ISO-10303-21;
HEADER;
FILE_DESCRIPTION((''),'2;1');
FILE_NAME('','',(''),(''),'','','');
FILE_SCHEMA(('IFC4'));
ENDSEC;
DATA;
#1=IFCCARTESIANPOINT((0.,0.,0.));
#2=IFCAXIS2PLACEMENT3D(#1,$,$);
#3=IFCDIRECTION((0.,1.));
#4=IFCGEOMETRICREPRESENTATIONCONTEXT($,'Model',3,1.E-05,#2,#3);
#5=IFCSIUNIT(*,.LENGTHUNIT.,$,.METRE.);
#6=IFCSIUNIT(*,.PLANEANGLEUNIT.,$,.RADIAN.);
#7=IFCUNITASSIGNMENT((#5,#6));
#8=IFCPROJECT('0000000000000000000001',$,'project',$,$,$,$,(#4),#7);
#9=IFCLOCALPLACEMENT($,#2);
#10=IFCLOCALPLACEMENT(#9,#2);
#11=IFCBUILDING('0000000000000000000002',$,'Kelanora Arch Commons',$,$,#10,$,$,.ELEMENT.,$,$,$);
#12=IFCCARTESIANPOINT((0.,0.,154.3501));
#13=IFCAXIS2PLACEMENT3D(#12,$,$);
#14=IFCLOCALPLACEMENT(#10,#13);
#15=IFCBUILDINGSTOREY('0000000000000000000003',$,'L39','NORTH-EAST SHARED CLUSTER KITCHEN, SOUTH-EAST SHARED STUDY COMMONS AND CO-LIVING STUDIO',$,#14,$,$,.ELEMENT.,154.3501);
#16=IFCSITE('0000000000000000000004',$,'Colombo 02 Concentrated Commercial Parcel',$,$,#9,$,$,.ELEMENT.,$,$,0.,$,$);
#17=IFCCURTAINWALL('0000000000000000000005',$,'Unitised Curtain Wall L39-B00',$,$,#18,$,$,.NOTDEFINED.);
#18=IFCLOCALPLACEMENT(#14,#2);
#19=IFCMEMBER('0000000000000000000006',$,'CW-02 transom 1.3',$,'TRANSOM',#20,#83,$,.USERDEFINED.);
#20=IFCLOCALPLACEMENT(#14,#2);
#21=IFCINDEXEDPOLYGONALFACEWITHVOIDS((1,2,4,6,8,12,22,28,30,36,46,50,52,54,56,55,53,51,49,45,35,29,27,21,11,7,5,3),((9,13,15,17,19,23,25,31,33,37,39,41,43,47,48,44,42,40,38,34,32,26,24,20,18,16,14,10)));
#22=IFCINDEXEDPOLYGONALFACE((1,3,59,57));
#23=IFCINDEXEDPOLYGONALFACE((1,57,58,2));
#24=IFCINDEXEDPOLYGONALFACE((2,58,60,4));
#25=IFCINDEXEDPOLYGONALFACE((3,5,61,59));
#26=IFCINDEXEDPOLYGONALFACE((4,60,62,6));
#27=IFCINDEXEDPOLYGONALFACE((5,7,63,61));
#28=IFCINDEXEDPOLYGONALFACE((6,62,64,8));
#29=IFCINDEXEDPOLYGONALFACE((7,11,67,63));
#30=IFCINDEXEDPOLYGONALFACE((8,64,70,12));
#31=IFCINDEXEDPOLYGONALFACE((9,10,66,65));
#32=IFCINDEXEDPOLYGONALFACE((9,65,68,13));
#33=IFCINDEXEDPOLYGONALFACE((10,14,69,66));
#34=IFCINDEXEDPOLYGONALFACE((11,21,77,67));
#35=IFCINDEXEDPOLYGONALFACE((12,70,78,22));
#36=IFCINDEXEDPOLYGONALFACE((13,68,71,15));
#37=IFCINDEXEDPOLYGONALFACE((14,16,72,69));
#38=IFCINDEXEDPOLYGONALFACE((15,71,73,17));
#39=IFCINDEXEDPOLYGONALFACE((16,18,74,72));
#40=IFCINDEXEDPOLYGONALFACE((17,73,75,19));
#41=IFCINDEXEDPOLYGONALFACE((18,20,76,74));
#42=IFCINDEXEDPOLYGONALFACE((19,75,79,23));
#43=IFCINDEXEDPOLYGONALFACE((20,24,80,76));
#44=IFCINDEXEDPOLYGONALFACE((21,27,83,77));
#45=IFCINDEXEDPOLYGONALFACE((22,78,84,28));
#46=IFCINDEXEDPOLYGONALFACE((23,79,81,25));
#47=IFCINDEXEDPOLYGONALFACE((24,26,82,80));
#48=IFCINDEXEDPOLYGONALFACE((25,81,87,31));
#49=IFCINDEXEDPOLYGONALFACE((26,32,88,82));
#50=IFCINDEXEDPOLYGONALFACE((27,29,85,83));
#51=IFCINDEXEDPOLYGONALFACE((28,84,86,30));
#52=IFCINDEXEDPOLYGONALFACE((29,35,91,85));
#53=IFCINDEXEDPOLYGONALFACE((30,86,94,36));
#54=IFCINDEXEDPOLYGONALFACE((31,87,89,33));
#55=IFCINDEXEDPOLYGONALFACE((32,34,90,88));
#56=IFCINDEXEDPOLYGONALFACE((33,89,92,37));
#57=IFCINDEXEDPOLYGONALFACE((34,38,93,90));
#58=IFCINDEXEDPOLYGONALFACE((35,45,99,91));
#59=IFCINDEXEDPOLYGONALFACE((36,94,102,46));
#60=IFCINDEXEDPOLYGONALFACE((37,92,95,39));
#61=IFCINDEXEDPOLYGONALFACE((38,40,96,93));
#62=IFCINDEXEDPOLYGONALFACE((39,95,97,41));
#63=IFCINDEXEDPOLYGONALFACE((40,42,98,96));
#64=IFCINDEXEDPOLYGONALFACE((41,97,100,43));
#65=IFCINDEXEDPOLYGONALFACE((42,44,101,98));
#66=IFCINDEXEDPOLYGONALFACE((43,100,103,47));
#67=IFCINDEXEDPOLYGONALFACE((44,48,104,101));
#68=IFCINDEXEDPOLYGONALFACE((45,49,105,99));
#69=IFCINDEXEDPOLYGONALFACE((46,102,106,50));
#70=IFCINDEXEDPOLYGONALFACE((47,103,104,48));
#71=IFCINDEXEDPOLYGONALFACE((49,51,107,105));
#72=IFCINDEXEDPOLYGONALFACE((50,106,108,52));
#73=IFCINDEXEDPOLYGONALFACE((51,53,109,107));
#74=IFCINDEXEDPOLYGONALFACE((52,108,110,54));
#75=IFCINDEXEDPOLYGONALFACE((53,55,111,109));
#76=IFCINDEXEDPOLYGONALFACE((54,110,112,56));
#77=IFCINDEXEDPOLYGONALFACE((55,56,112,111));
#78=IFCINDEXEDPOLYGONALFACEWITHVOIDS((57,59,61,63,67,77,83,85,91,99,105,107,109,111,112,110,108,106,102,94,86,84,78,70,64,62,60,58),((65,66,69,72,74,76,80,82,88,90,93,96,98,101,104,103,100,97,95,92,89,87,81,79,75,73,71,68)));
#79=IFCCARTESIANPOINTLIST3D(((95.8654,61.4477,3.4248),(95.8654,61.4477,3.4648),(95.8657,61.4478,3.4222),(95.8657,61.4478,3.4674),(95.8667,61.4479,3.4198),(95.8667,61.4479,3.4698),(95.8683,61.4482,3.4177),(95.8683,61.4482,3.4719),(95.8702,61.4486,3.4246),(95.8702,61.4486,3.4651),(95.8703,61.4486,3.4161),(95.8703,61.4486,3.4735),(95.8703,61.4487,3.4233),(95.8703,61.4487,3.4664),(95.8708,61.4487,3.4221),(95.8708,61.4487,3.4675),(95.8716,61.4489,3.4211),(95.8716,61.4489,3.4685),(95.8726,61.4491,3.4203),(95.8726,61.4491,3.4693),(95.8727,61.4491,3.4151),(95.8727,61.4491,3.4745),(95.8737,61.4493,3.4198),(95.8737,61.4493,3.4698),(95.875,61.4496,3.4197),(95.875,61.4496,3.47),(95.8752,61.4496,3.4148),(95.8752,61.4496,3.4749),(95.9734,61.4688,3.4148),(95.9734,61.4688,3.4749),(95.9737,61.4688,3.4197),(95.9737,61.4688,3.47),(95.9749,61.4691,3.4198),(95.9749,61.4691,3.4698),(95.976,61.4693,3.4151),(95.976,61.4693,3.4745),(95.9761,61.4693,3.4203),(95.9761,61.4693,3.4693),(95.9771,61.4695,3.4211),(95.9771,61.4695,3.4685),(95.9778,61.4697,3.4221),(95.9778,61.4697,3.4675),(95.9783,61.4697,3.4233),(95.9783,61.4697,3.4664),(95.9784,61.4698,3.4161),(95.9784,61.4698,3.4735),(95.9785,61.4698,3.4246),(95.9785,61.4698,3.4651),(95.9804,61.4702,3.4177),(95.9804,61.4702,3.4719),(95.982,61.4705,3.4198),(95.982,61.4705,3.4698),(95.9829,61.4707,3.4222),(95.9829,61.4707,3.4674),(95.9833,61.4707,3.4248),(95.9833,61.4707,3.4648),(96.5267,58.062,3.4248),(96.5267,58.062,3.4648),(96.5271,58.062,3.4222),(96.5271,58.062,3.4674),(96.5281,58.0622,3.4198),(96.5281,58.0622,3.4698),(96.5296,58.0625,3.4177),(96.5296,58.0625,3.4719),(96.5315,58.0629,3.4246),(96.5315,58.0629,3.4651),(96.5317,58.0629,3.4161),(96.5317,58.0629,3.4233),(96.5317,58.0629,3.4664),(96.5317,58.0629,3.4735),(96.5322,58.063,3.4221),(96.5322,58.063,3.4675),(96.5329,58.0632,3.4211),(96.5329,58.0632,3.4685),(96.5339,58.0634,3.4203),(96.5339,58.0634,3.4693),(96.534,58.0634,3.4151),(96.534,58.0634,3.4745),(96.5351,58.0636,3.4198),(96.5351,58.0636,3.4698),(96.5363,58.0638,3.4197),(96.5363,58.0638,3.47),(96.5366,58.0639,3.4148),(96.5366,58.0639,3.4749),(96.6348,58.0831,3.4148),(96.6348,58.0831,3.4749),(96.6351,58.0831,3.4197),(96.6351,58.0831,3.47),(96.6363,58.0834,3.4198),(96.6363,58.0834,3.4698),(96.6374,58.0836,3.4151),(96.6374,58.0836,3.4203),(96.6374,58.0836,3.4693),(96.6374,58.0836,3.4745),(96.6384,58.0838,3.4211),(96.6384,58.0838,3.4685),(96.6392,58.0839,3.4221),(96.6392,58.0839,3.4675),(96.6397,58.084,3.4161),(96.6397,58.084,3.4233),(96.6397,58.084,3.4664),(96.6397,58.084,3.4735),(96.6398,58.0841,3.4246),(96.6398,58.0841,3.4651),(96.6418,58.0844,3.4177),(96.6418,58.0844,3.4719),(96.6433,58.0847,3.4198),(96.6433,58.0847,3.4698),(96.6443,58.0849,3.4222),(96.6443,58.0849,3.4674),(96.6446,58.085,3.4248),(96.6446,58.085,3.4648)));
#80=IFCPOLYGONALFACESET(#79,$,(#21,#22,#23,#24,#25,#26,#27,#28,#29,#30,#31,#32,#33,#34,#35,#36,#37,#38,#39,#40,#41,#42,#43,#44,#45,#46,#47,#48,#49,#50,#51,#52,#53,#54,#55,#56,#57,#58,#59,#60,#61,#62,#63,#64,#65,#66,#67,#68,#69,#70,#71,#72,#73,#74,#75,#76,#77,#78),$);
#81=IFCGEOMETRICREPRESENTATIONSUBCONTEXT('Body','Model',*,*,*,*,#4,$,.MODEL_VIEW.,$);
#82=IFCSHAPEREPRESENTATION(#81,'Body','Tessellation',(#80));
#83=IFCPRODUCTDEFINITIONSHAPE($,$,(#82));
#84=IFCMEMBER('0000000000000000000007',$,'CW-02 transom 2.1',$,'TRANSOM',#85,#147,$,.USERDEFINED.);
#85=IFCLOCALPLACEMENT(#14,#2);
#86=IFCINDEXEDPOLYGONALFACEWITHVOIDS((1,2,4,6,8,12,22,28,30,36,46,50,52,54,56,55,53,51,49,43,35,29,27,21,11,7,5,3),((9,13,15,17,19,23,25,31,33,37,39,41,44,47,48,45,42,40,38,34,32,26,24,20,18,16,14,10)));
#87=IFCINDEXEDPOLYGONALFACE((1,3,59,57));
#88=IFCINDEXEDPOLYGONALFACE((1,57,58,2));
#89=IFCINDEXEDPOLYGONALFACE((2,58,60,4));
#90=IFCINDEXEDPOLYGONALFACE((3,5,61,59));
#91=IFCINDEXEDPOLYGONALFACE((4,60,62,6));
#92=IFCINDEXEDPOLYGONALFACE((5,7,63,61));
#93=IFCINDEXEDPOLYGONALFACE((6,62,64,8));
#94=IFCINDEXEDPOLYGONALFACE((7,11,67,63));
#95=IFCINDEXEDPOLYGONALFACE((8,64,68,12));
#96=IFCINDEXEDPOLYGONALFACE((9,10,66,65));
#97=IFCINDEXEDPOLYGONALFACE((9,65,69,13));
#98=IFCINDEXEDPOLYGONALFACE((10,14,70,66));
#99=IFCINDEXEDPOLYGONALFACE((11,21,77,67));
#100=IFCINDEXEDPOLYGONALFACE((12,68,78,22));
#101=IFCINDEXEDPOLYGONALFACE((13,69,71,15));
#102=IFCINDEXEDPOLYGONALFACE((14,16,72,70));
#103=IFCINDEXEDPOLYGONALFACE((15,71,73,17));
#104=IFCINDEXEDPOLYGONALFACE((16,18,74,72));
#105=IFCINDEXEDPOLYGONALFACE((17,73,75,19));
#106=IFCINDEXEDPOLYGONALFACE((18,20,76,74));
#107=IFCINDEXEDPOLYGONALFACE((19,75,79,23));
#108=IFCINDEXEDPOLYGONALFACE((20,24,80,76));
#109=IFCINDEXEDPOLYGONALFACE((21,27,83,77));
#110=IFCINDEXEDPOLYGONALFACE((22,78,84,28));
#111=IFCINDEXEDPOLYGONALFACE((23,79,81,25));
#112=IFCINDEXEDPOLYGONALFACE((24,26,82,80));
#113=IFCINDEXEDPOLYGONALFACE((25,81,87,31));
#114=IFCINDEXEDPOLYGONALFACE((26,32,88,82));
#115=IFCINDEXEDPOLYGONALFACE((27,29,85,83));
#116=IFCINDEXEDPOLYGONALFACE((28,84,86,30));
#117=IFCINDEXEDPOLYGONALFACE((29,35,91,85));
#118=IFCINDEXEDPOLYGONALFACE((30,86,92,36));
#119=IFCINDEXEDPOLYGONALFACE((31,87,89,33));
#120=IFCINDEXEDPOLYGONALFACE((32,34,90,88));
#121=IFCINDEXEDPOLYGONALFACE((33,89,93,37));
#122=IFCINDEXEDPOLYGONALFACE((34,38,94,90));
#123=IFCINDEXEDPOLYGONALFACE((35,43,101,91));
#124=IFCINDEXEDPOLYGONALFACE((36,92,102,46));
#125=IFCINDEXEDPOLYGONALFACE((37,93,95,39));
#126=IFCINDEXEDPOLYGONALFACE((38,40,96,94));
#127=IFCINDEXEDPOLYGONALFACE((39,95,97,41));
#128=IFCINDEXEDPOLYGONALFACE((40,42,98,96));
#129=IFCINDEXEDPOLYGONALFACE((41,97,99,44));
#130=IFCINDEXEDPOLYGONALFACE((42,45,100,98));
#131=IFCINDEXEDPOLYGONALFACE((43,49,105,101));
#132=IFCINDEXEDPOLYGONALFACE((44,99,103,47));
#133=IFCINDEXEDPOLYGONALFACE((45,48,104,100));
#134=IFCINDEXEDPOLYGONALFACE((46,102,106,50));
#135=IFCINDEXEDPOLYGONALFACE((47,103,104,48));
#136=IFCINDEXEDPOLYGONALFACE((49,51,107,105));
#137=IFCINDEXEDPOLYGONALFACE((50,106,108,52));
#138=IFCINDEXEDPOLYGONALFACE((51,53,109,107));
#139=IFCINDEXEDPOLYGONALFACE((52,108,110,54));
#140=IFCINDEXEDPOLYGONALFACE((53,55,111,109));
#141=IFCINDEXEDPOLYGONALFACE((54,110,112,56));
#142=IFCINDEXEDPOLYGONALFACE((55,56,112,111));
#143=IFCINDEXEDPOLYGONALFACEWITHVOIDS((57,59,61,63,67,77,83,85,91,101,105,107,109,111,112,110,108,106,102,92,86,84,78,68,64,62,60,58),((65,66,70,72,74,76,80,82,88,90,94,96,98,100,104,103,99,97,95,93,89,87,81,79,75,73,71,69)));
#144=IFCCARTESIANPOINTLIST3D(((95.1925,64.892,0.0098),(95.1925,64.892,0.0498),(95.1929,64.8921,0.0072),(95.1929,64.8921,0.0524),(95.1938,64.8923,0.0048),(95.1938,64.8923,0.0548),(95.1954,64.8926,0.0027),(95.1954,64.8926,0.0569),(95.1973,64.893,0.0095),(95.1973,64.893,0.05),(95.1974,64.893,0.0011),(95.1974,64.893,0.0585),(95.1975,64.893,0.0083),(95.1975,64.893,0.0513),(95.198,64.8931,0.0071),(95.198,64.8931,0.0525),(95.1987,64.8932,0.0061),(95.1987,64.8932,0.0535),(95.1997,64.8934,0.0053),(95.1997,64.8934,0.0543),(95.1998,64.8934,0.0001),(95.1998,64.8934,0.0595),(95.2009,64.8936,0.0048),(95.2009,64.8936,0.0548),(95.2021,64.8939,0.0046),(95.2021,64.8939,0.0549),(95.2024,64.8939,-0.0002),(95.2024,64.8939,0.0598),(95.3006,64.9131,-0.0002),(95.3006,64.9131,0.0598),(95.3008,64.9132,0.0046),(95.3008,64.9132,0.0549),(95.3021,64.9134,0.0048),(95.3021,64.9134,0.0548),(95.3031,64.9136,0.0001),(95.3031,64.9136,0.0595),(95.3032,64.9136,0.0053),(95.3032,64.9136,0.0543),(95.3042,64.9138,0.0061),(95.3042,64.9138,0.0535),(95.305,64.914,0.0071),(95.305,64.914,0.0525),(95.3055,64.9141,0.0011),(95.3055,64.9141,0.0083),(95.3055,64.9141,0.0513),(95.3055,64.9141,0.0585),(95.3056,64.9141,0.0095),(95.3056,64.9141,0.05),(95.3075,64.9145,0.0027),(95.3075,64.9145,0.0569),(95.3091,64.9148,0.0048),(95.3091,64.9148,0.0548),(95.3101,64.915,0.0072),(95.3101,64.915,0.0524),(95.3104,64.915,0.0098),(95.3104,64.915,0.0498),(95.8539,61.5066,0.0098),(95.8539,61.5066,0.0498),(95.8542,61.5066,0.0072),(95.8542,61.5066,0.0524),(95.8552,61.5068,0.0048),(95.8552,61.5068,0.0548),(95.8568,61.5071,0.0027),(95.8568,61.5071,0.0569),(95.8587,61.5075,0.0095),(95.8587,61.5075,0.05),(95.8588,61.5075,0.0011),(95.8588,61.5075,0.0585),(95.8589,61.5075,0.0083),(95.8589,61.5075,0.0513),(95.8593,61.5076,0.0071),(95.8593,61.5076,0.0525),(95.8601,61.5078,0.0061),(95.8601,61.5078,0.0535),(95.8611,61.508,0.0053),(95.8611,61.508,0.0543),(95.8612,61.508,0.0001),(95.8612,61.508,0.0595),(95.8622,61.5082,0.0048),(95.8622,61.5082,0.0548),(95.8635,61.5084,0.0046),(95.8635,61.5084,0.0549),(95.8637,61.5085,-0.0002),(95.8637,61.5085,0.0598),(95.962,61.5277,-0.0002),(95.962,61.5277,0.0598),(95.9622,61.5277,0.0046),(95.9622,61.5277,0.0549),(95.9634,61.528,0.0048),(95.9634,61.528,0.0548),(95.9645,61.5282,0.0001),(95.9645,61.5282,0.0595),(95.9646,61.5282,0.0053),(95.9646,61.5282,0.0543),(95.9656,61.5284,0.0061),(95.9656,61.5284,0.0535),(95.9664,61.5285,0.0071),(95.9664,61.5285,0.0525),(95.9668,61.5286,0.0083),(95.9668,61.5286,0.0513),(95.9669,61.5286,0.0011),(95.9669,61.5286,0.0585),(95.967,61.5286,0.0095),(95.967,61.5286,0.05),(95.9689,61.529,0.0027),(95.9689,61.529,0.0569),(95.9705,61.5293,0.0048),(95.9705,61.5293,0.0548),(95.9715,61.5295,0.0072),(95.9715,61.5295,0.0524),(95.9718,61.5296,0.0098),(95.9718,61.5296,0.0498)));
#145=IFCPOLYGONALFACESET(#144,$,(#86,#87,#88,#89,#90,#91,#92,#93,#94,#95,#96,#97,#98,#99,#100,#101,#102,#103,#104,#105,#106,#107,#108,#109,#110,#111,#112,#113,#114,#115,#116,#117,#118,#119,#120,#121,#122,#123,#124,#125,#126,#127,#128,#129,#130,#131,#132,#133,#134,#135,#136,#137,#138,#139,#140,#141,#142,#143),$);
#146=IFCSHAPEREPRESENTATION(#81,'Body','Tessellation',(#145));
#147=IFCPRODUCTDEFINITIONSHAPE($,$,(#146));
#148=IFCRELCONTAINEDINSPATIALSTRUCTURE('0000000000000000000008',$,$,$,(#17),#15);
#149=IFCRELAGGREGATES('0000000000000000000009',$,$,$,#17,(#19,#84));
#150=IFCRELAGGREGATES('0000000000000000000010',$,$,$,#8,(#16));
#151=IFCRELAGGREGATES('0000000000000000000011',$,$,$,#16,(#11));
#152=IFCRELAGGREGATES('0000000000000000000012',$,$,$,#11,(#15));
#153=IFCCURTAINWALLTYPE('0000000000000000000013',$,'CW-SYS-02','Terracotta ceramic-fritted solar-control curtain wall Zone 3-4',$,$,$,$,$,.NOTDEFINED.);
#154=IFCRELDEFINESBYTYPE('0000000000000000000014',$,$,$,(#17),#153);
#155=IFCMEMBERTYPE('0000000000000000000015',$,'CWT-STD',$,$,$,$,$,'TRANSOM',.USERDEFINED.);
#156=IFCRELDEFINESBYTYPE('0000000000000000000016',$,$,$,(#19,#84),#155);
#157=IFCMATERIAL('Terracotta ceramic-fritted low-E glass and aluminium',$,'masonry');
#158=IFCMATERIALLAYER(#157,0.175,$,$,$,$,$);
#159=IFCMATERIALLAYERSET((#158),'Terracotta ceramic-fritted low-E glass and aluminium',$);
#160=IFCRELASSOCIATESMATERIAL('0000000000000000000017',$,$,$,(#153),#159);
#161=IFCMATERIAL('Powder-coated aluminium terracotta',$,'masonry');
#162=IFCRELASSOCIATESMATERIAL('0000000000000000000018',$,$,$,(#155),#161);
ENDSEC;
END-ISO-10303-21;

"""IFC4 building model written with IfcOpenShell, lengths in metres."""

from ifc_helpers import new_model, si_unit, direction, frame, origin, origin_2d, place, context, subcontext, project, spatial, hollow_rectangle, extrude, material, layer, layer_set, material_profile, profile_set, type_object, element, aggregate, save


model = new_model("IFC4")

# Units and contexts
model_context = context("Model", 3, precision=1e-05, world=origin(), true_north=direction((0.0, 1.0)))
body_context = subcontext(model_context, "Body", "Model", "MODEL_VIEW")
ifc_project = project(units=[si_unit("LENGTHUNIT", "METRE"), si_unit("PLANEANGLEUNIT", "RADIAN")], contexts=[model_context])

# Site, building, storey
site_placement = place(None, origin())
site = spatial("IfcSite", under=ifc_project, at=site_placement, Name="Colombo 02 Concentrated Commercial Parcel", CompositionType="ELEMENT", RefElevation=0.0)
building_placement = place(site_placement, origin())
building = spatial("IfcBuilding", under=site, at=building_placement, Name="Kelanora Arch Commons", CompositionType="ELEMENT")
storey_placement = place(building_placement, frame((0.0, 0.0, 154.3501)))
storey = spatial("IfcBuildingStorey", under=building, at=storey_placement, Name="L39", Description="NORTH-EAST SHARED CLUSTER KITCHEN, SOUTH-EAST SHARED STUDY COMMONS AND CO-LIVING STUDIO", CompositionType="ELEMENT", Elevation=154.3501)

# Curtain wall, members
ifc_material_1 = material(Name="Terracotta ceramic-fritted low-E glass and aluminium", Category="masonry")
ifc_layer_1 = layer(ifc_material_1, 0.175)
ifc_layer_set_1 = layer_set([ifc_layer_1], Name="Terracotta ceramic-fritted low-E glass and aluminium")
curtain_wall_type = type_object("IfcCurtainWallType", Name="CW-SYS-02", Description="Terracotta ceramic-fritted solar-control curtain wall Zone 3-4", PredefinedType="NOTDEFINED", material=ifc_layer_set_1)
curtain_wall_placement = place(storey_placement, origin())
curtain_wall = element("IfcCurtainWall", 1, at=curtain_wall_placement, inside=storey, type_object=curtain_wall_type, Name="Unitised Curtain Wall L39-B00", PredefinedType="NOTDEFINED")
ifc_material_2 = material(Name="Powder-coated aluminium terracotta", Category="masonry")
ifc_material_profile_1 = material_profile(ifc_material_2, hollow_rectangle(XDim=0.1201, YDim=0.0601, WallThickness=0.0049, InnerFilletRadius=0.0049, OuterFilletRadius=0.01, at=origin_2d()), Name="CWT120x60")
ifc_profile_set_1 = profile_set([ifc_material_profile_1], Name="Powder-coated aluminium terracotta")
member_type_1 = type_object("IfcMemberType", Name="CWT-STD", ElementType="TRANSOM", PredefinedType="USERDEFINED", material=ifc_profile_set_1)
member_1_placement = place(storey_placement, frame((96.5857, 58.0735, 3.4448), z_axis=(-0.191718, 0.98145, 0.0), x_axis=(-0.98145, -0.191718, 0.0)))
member_1 = element("IfcMember", 2, at=member_1_placement, type_object=member_type_1, Name="CW-02 transom 1.3", ObjectType="TRANSOM", PredefinedType="USERDEFINED", context=body_context, shape_type="SweptSolid", body=[
    extrude(hollow_rectangle(XDim=0.1201, YDim=0.0601, WallThickness=0.0049, InnerFilletRadius=0.0049, OuterFilletRadius=0.01, at=origin_2d()), origin(), (0.0, 0.0, 1.0), 3.4497),
])
member_2_placement = place(storey_placement, frame((95.9128, 61.5181, 0.0298), z_axis=(-0.191732, 0.981447, 0.0), x_axis=(-0.981447, -0.191732, 0.0)))
member_2 = element("IfcMember", 3, at=member_2_placement, type_object=member_type_1, Name="CW-02 transom 2.1", ObjectType="TRANSOM", PredefinedType="USERDEFINED", context=body_context, shape_type="SweptSolid", body=[
    extrude(hollow_rectangle(XDim=0.1201, YDim=0.0601, WallThickness=0.0049, InnerFilletRadius=0.0049, OuterFilletRadius=0.01, at=origin_2d()), origin(), (0.0, 0.0, 1.0), 3.4495),
])
aggregate(curtain_wall, [member_1, member_2])

save(model, "model.ifc")
